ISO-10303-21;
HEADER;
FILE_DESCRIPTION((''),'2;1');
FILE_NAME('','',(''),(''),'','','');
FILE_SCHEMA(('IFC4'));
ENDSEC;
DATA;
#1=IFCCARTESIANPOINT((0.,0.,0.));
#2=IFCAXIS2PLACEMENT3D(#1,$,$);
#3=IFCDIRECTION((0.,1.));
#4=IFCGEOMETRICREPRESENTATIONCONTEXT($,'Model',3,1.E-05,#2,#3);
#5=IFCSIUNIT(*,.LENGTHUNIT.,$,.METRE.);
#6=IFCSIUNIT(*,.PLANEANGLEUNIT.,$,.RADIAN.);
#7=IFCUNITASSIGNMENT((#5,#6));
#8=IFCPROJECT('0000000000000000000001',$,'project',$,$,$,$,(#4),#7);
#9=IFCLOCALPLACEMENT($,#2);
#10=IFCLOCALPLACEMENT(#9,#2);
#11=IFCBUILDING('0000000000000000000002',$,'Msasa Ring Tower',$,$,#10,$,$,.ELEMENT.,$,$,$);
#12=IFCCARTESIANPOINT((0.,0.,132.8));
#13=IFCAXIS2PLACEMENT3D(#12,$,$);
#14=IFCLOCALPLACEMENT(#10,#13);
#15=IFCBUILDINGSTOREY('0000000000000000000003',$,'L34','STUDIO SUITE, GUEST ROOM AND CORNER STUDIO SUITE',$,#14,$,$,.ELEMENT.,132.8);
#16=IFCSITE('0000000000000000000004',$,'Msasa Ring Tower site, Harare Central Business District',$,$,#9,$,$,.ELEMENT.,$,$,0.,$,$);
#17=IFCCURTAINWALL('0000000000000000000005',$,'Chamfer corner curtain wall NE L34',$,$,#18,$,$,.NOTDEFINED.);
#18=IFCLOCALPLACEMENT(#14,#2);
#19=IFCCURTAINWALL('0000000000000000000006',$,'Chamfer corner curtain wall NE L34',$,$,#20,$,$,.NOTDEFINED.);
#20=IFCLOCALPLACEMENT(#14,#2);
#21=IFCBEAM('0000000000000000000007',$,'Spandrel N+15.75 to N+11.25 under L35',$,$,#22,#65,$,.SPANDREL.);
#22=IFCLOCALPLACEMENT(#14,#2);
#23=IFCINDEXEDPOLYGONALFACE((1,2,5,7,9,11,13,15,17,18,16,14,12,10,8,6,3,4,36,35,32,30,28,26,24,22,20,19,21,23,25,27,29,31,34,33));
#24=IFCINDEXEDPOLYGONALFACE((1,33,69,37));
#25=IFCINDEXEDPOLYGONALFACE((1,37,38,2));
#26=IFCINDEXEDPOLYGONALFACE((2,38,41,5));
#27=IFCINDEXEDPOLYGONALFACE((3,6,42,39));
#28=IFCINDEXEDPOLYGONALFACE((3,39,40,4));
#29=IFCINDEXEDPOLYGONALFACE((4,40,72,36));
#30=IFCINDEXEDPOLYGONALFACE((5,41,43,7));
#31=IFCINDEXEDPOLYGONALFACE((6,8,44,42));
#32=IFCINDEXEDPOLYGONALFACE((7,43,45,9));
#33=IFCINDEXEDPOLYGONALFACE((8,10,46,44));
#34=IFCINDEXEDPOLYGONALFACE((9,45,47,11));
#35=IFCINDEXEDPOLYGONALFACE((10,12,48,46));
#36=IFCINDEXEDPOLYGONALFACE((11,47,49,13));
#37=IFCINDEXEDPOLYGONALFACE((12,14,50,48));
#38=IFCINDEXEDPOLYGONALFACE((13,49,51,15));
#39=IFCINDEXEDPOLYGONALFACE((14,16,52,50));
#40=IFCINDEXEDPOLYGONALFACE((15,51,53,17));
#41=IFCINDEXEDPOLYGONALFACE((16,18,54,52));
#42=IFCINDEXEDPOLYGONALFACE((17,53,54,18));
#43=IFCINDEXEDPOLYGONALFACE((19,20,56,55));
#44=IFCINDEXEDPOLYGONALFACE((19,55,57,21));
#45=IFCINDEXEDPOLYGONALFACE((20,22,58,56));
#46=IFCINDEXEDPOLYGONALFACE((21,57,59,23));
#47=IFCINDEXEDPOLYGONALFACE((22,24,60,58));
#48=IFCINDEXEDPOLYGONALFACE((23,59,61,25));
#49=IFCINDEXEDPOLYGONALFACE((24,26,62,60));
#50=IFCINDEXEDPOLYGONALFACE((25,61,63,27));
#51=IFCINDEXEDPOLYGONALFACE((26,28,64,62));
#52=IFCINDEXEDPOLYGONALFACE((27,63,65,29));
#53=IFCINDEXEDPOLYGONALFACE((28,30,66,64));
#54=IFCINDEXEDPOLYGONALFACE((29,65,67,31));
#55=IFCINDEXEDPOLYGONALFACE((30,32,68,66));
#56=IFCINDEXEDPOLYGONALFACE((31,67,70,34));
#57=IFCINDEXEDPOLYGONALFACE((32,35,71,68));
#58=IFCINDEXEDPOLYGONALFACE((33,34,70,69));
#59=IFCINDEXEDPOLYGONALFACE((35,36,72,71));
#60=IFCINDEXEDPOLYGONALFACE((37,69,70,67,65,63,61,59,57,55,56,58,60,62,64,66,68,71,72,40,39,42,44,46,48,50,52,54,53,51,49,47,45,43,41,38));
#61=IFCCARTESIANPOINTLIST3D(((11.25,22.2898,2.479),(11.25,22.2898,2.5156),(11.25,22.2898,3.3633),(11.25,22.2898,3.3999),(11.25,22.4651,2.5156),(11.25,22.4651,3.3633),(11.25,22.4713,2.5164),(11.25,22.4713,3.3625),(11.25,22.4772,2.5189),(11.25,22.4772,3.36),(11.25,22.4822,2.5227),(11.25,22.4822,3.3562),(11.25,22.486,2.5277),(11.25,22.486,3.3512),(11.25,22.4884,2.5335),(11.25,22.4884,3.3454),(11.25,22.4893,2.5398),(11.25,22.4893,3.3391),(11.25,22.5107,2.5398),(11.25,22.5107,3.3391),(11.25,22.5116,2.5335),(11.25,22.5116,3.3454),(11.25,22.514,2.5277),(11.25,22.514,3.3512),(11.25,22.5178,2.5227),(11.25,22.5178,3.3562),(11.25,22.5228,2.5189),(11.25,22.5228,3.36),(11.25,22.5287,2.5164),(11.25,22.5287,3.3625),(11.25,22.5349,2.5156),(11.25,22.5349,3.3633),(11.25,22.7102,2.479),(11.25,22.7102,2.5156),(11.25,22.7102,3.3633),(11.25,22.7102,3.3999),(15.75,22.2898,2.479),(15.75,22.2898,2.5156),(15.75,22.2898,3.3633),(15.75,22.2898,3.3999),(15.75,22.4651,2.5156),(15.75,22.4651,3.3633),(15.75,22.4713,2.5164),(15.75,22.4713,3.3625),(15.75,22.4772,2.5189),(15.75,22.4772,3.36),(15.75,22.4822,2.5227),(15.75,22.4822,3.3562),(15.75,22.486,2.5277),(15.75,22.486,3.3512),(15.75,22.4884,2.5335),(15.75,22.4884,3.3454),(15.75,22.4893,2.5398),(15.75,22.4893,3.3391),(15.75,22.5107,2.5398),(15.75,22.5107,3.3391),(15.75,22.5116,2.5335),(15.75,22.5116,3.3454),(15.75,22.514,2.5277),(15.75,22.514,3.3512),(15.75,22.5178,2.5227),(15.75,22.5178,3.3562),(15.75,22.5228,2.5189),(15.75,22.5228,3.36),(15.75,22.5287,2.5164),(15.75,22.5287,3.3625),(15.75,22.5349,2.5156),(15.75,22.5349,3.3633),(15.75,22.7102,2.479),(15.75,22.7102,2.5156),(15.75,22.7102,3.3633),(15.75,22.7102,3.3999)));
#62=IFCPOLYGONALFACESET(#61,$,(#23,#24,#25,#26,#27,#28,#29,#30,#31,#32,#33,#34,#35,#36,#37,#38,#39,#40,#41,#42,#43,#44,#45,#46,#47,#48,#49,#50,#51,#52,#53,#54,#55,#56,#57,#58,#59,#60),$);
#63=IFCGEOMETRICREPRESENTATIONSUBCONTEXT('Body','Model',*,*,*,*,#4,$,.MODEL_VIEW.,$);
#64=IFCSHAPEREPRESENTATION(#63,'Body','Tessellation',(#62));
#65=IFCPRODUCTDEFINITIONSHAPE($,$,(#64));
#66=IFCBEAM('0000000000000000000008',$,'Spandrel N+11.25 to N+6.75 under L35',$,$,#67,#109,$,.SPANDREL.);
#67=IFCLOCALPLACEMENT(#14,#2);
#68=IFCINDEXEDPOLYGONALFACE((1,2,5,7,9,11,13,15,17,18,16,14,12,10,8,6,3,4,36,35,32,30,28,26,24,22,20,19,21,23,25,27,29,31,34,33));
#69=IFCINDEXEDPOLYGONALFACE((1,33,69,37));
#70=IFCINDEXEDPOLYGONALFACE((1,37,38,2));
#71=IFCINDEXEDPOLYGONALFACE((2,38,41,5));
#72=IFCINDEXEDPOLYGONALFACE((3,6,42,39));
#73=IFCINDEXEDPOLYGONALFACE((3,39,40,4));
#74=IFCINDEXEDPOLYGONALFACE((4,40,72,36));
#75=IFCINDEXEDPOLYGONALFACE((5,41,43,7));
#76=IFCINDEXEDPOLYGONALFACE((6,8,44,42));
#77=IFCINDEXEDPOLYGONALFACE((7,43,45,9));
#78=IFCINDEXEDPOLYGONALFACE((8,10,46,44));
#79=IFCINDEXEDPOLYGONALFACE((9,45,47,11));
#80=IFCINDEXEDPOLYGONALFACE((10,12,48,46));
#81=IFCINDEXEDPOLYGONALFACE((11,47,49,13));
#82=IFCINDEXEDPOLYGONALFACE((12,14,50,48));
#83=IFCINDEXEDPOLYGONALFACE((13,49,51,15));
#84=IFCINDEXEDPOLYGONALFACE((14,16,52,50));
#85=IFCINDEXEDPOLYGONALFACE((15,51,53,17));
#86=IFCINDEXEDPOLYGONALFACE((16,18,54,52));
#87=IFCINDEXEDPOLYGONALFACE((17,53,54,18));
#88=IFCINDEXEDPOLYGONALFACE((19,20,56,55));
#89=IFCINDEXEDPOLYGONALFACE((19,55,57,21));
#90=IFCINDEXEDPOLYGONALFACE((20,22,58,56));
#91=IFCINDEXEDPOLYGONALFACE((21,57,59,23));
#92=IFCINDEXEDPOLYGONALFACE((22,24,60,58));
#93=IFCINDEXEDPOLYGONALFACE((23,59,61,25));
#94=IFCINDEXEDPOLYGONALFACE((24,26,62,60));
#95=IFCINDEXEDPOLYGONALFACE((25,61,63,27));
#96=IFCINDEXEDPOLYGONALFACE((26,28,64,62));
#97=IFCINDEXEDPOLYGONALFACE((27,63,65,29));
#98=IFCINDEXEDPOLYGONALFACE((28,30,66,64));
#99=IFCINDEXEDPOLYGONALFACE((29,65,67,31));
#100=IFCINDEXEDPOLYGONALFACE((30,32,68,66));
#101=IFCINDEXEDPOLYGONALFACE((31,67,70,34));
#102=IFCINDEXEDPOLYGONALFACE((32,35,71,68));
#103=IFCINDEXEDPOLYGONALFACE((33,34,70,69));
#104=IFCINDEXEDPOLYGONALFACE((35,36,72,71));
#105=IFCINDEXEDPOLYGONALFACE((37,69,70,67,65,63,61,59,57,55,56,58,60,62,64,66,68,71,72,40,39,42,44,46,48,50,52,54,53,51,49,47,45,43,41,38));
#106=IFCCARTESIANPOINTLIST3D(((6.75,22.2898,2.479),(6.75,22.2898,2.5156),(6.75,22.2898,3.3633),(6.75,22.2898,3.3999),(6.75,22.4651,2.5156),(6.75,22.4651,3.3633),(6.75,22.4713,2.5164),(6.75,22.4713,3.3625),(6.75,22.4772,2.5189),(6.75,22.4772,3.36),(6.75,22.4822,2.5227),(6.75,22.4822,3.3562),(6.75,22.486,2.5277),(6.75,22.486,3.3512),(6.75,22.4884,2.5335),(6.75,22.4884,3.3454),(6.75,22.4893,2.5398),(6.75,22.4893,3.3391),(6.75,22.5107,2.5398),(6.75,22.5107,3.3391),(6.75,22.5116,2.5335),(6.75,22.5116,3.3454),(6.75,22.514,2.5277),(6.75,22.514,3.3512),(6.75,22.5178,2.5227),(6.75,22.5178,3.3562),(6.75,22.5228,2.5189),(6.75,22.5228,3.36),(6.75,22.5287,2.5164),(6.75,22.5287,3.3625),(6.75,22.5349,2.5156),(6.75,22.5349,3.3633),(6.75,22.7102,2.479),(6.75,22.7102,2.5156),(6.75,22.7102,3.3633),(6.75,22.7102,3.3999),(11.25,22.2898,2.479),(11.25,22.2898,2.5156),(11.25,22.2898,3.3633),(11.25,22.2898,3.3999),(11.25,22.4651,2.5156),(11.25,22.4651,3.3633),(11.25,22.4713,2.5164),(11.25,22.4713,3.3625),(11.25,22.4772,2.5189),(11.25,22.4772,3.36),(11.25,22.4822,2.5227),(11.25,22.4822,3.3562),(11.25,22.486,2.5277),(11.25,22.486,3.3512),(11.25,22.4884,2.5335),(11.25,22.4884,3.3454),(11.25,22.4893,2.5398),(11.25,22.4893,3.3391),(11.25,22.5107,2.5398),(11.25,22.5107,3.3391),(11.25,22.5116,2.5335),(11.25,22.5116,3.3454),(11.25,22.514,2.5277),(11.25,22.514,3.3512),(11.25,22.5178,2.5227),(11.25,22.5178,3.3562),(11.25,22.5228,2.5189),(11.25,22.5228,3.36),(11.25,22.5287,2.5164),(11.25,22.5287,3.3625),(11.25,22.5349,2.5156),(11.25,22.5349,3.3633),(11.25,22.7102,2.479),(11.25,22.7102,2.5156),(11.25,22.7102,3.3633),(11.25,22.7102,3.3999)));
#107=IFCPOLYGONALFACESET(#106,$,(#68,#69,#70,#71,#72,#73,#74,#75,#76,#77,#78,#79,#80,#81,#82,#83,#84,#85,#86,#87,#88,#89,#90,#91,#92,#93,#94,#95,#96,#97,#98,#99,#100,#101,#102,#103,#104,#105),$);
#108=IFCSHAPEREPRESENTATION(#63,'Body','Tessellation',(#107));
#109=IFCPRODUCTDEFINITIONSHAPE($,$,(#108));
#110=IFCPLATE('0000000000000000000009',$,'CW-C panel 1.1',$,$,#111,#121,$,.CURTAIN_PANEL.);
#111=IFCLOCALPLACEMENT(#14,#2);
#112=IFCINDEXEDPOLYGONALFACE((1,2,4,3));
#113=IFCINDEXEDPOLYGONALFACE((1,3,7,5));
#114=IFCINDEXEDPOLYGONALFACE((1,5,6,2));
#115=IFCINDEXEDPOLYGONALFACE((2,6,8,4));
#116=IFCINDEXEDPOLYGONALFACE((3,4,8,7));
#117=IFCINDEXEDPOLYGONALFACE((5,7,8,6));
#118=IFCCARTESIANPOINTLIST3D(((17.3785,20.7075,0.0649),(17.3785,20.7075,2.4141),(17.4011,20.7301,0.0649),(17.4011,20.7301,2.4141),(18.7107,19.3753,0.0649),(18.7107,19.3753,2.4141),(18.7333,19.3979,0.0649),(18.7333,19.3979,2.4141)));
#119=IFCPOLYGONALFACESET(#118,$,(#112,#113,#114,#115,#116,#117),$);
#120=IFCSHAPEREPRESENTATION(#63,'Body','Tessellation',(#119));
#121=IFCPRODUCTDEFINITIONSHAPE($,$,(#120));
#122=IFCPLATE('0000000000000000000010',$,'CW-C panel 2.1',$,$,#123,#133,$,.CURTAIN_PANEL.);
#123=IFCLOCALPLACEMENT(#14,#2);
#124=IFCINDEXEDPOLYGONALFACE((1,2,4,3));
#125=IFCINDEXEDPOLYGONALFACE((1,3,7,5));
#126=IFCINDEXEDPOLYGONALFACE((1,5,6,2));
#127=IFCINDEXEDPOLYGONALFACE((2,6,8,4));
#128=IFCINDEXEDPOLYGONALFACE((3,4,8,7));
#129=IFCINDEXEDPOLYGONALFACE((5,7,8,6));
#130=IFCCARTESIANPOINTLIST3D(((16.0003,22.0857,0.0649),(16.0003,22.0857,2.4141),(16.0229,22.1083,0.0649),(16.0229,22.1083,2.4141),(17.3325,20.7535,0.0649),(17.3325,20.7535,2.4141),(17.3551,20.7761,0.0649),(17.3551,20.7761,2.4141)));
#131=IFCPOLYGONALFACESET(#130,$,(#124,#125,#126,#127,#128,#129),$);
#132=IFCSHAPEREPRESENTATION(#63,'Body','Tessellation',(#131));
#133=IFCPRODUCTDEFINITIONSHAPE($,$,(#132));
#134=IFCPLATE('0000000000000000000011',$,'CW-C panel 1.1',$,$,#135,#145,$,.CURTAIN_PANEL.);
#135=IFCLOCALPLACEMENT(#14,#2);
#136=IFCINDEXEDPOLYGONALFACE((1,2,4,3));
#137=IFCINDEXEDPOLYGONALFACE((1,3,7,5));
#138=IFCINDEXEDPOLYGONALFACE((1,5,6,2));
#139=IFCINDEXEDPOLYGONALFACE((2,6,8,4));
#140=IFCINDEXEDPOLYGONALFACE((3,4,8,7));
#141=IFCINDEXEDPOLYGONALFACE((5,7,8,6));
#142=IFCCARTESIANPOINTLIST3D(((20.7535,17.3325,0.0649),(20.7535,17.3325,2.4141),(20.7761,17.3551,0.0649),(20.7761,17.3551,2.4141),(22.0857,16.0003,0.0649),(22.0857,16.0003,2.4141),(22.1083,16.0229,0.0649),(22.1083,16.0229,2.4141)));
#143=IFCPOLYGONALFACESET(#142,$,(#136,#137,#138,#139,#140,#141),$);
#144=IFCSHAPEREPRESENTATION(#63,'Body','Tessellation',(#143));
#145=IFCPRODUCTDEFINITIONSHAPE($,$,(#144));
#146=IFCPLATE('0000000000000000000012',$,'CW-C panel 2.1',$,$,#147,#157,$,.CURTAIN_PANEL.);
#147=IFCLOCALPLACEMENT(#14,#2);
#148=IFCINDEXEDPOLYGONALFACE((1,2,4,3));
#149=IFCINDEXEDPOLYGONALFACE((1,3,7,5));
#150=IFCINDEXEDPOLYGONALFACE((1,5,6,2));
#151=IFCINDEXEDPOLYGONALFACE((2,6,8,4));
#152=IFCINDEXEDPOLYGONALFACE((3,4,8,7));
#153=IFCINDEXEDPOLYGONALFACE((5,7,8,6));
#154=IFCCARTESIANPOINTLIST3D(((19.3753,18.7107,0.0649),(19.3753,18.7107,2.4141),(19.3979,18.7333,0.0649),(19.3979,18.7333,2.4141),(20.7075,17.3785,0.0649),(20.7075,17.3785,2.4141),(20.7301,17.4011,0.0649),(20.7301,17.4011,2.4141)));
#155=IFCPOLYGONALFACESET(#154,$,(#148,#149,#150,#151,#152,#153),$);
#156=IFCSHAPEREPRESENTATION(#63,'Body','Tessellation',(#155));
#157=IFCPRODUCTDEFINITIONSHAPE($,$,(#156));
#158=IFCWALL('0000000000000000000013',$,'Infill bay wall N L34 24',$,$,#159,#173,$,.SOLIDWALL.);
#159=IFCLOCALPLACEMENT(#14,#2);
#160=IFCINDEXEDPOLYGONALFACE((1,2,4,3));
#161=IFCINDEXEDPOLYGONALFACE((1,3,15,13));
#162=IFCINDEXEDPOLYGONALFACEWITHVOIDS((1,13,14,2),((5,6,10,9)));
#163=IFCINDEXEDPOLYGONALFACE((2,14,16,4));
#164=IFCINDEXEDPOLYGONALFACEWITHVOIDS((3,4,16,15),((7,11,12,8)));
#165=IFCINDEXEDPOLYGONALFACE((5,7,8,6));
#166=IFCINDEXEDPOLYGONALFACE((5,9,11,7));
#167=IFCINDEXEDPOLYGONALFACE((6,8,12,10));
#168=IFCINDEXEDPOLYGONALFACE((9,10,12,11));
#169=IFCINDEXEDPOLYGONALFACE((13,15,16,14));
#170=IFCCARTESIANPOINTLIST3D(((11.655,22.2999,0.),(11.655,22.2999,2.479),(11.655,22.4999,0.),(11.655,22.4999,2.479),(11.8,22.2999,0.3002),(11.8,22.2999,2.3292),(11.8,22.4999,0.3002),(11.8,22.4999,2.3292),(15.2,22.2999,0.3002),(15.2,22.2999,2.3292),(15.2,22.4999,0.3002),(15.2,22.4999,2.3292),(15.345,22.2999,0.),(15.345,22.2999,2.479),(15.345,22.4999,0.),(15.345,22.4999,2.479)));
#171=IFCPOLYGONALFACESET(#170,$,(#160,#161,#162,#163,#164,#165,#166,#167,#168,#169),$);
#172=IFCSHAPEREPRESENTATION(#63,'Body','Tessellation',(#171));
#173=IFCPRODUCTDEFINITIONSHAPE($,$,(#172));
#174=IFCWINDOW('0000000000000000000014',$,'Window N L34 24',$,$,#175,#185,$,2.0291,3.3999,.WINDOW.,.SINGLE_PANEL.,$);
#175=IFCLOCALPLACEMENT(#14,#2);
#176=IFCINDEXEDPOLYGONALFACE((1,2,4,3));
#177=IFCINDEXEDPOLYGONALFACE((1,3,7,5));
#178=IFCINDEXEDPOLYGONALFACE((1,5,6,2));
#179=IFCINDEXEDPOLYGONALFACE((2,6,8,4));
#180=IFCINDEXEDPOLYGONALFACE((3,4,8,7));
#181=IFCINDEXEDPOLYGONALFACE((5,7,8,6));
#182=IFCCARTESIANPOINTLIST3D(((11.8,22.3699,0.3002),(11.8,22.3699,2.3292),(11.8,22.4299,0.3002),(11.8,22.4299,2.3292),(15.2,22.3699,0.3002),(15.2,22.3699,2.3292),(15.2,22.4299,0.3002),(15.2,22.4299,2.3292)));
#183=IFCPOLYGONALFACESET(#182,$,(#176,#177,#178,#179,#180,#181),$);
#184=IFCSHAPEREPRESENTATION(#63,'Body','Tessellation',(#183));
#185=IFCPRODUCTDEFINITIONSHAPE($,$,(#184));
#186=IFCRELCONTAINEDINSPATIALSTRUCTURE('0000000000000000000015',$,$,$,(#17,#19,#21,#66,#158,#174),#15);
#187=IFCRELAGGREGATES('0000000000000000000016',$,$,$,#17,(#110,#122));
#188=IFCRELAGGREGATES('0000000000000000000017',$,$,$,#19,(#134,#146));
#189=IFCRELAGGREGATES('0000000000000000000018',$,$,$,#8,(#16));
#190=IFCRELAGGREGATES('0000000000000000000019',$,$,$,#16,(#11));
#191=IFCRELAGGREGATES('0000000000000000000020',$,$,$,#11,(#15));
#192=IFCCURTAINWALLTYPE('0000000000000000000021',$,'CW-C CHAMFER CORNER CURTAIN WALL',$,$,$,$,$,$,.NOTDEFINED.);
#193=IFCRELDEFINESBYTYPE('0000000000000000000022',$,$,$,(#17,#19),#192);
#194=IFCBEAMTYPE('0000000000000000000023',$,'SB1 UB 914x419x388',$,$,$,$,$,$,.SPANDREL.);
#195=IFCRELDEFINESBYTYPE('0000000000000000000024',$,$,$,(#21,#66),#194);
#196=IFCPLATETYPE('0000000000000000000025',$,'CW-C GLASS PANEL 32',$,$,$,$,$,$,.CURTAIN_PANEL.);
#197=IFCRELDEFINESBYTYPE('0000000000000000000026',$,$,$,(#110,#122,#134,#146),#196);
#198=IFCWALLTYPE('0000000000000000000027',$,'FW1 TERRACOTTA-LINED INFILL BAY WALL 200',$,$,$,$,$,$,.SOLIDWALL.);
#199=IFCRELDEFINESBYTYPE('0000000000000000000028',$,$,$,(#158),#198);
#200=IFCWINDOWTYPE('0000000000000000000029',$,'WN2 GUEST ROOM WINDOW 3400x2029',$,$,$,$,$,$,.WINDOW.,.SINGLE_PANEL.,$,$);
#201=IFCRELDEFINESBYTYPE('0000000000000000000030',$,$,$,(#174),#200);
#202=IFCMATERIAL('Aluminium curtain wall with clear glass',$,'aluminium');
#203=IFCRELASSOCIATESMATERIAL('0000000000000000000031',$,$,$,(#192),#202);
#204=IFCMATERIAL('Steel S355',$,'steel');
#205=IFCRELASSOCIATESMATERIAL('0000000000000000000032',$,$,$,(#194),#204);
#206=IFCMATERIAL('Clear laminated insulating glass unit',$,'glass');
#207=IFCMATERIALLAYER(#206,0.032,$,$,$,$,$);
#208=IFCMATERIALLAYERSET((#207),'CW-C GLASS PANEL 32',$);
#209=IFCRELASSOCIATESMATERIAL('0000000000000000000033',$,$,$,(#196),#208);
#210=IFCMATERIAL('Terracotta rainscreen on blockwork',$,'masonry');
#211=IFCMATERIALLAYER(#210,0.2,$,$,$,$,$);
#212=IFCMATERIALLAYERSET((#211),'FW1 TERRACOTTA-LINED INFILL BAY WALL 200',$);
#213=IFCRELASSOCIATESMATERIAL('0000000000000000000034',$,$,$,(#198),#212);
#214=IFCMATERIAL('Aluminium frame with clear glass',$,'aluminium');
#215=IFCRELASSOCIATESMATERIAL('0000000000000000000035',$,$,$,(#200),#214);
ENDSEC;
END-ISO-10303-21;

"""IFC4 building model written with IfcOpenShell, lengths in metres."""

from ifc_helpers import new_model, si_unit, direction, frame, frame_2d, origin, origin_2d, place, context, subcontext, project, spatial, rectangle, i_section, extrude, material, layer, layer_set, material_profile, profile_set, type_object, element, fill, aggregate, save


model = new_model("IFC4")

# Units and contexts
model_context = context("Model", 3, precision=1e-05, world=origin(), true_north=direction((0.0, 1.0)))
body_context = subcontext(model_context, "Body", "Model", "MODEL_VIEW")
ifc_project = project(units=[si_unit("LENGTHUNIT", "METRE"), si_unit("PLANEANGLEUNIT", "RADIAN")], contexts=[model_context])

# Site, building, storey
site_placement = place(None, origin())
site = spatial("IfcSite", under=ifc_project, at=site_placement, Name="Msasa Ring Tower site, Harare Central Business District", CompositionType="ELEMENT", RefElevation=0.0)
building_placement = place(site_placement, origin())
building = spatial("IfcBuilding", under=site, at=building_placement, Name="Msasa Ring Tower", CompositionType="ELEMENT")
storey_placement = place(building_placement, frame((0.0, 0.0, 132.8)))
storey = spatial("IfcBuildingStorey", under=building, at=storey_placement, Name="L34", Description="STUDIO SUITE, GUEST ROOM AND CORNER STUDIO SUITE", CompositionType="ELEMENT", Elevation=132.8)

# Curtain walls
ifc_material_1 = material(Name="Aluminium curtain wall with clear glass", Category="aluminium")
curtain_wall_type = type_object("IfcCurtainWallType", Name="CW-C CHAMFER CORNER CURTAIN WALL", PredefinedType="NOTDEFINED", material=ifc_material_1)
curtain_wall_1_placement = place(storey_placement, origin())
curtain_wall_1 = element("IfcCurtainWall", 1, at=curtain_wall_1_placement, inside=storey, type_object=curtain_wall_type, Name="Chamfer corner curtain wall NE L34", PredefinedType="NOTDEFINED")
curtain_wall_2_placement = place(storey_placement, origin())
curtain_wall_2 = element("IfcCurtainWall", 2, at=curtain_wall_2_placement, inside=storey, type_object=curtain_wall_type, Name="Chamfer corner curtain wall NE L34", PredefinedType="NOTDEFINED")

# Beams
ifc_material_2 = material(Name="Steel S355", Category="steel")
ifc_material_profile_1 = material_profile(ifc_material_2, i_section(OverallWidth=0.4204, OverallDepth=0.9209, WebThickness=0.0215, FlangeThickness=0.0366, FilletRadius=0.0242, at=origin_2d()), Name="UB 914x419x388")
ifc_profile_set_1 = profile_set([ifc_material_profile_1], Name="Steel S355")
beam_type_1 = type_object("IfcBeamType", Name="SB1 UB 914x419x388", PredefinedType="SPANDREL", material=ifc_profile_set_1)
for number, where, z_axis, x_axis, name in (
    (3, (15.75, 22.5, 2.9395), (-1.0, 0.0, 0.0), (0.0, -1.0, 0.0), "Spandrel N+15.75 to N+11.25 under L35"),
    (4, (11.25, 22.5, 2.9395), (-1.0, 0.0, 0.0), (0.0, -1.0, 0.0), "Spandrel N+11.25 to N+6.75 under L35"),
):
    element("IfcBeam", number, at=place(storey_placement, frame(where, z_axis=z_axis, x_axis=x_axis)), inside=storey, type_object=beam_type_1, Name=name, PredefinedType="SPANDREL", context=body_context, shape_type="SweptSolid", body=[
        extrude(i_section(OverallWidth=0.4204, OverallDepth=0.9209, WebThickness=0.0215, FlangeThickness=0.0366, FilletRadius=0.0242, at=origin_2d()), origin(), (0.0, 0.0, 1.0), 4.5),
    ])

# Plates
ifc_material_3 = material(Name="Clear laminated insulating glass unit", Category="glass")
ifc_layer_1 = layer(ifc_material_3, 0.032)
ifc_layer_set_1 = layer_set([ifc_layer_1], Name="CW-C GLASS PANEL 32")
plate_type = type_object("IfcPlateType", Name="CW-C GLASS PANEL 32", PredefinedType="CURTAIN_PANEL", material=ifc_layer_set_1)
plate_1_placement = place(storey_placement, frame((18.0559, 20.0527, 0.0649), z_axis=(0.0, 0.0, 1.0), x_axis=(-0.707107, 0.707107, 0.0)))
plate_1 = element("IfcPlate", 5, at=plate_1_placement, type_object=plate_type, Name="CW-C panel 1.1", PredefinedType="CURTAIN_PANEL", context=body_context, shape_type="SweptSolid", body=[
    extrude(rectangle(XDim=1.884, YDim=0.032, at=origin_2d()), origin(), (0.0, 0.0, 1.0), 2.3491),
])
plate_2_placement = place(storey_placement, frame((16.6777, 21.4309, 0.0649), z_axis=(0.0, 0.0, 1.0), x_axis=(-0.707107, 0.707107, 0.0)))
plate_2 = element("IfcPlate", 6, at=plate_2_placement, type_object=plate_type, Name="CW-C panel 2.1", PredefinedType="CURTAIN_PANEL", context=body_context, shape_type="SweptSolid", body=[
    extrude(rectangle(XDim=1.884, YDim=0.032, at=origin_2d()), origin(), (0.0, 0.0, 1.0), 2.3491),
])
aggregate(curtain_wall_1, [plate_1, plate_2])
plate_3_placement = place(storey_placement, frame((21.4309, 16.6777, 0.0649), z_axis=(0.0, 0.0, 1.0), x_axis=(-0.707107, 0.707107, 0.0)))
plate_3 = element("IfcPlate", 7, at=plate_3_placement, type_object=plate_type, Name="CW-C panel 1.1", PredefinedType="CURTAIN_PANEL", context=body_context, shape_type="SweptSolid", body=[
    extrude(rectangle(XDim=1.884, YDim=0.032, at=origin_2d()), origin(), (0.0, 0.0, 1.0), 2.3491),
])
plate_4_placement = place(storey_placement, frame((20.0527, 18.0559, 0.0649), z_axis=(0.0, 0.0, 1.0), x_axis=(-0.707107, 0.707107, 0.0)))
plate_4 = element("IfcPlate", 8, at=plate_4_placement, type_object=plate_type, Name="CW-C panel 2.1", PredefinedType="CURTAIN_PANEL", context=body_context, shape_type="SweptSolid", body=[
    extrude(rectangle(XDim=1.884, YDim=0.032, at=origin_2d()), origin(), (0.0, 0.0, 1.0), 2.3491),
])
aggregate(curtain_wall_2, [plate_3, plate_4])

# Wall, opening, window
ifc_material_4 = material(Name="Terracotta rainscreen on blockwork", Category="masonry")
ifc_layer_2 = layer(ifc_material_4, 0.2)
ifc_layer_set_2 = layer_set([ifc_layer_2], Name="FW1 TERRACOTTA-LINED INFILL BAY WALL 200")
wall_type = type_object("IfcWallType", Name="FW1 TERRACOTTA-LINED INFILL BAY WALL 200", PredefinedType="SOLIDWALL", material=ifc_layer_set_2)
wall_placement = place(storey_placement, frame((11.655, 22.3999, 0.0), z_axis=(0.0, 0.0, 1.0), x_axis=(1.0, 0.0, 0.0)))
wall = element("IfcWall", 9, at=wall_placement, inside=storey, type_object=wall_type, Name="Infill bay wall N L34 24", PredefinedType="SOLIDWALL", context=body_context, shape_type="SweptSolid", body=[
    extrude(rectangle(XDim=3.6899, YDim=0.2, at=frame_2d((1.845, 0.0))), origin(), (0.0, 0.0, 1.0), 2.479),
])
opening_placement = place(wall_placement, frame((0.145, 0.0, 0.3)))
opening = element("IfcOpeningElement", 10, at=opening_placement, cuts=wall, PredefinedType="OPENING", context=body_context, shape_type="SweptSolid", body=[
    extrude(rectangle(XDim=3.3999, YDim=2.0291, at=frame_2d((1.7, 1.0146))), frame((0.0, 0.1099, 0.0), z_axis=(0.0, -1.0, 0.0), x_axis=(1.0, 0.0, 0.0)), (0.0, 0.0, 1.0), 0.22),
])
ifc_material_5 = material(Name="Aluminium frame with clear glass", Category="aluminium")
window_type = type_object("IfcWindowType", Name="WN2 GUEST ROOM WINDOW 3400x2029", PartitioningType="SINGLE_PANEL", PredefinedType="WINDOW", material=ifc_material_5)
window_placement = place(opening_placement, origin())
window = element("IfcWindow", 11, at=window_placement, inside=storey, type_object=window_type, Name="Window N L34 24", OverallHeight=2.0291, OverallWidth=3.3999, PartitioningType="SINGLE_PANEL", PredefinedType="WINDOW", context=body_context, shape_type="SweptSolid", body=[
    extrude(rectangle(XDim=3.3999, YDim=2.0291, at=frame_2d((1.7, 1.0146))), frame((0.0, 0.03, 0.0), z_axis=(0.0, -1.0, 0.0), x_axis=(1.0, 0.0, 0.0)), (0.0, 0.0, 1.0), 0.0601),
])
fill(opening, window)

save(model, "model.ifc")
